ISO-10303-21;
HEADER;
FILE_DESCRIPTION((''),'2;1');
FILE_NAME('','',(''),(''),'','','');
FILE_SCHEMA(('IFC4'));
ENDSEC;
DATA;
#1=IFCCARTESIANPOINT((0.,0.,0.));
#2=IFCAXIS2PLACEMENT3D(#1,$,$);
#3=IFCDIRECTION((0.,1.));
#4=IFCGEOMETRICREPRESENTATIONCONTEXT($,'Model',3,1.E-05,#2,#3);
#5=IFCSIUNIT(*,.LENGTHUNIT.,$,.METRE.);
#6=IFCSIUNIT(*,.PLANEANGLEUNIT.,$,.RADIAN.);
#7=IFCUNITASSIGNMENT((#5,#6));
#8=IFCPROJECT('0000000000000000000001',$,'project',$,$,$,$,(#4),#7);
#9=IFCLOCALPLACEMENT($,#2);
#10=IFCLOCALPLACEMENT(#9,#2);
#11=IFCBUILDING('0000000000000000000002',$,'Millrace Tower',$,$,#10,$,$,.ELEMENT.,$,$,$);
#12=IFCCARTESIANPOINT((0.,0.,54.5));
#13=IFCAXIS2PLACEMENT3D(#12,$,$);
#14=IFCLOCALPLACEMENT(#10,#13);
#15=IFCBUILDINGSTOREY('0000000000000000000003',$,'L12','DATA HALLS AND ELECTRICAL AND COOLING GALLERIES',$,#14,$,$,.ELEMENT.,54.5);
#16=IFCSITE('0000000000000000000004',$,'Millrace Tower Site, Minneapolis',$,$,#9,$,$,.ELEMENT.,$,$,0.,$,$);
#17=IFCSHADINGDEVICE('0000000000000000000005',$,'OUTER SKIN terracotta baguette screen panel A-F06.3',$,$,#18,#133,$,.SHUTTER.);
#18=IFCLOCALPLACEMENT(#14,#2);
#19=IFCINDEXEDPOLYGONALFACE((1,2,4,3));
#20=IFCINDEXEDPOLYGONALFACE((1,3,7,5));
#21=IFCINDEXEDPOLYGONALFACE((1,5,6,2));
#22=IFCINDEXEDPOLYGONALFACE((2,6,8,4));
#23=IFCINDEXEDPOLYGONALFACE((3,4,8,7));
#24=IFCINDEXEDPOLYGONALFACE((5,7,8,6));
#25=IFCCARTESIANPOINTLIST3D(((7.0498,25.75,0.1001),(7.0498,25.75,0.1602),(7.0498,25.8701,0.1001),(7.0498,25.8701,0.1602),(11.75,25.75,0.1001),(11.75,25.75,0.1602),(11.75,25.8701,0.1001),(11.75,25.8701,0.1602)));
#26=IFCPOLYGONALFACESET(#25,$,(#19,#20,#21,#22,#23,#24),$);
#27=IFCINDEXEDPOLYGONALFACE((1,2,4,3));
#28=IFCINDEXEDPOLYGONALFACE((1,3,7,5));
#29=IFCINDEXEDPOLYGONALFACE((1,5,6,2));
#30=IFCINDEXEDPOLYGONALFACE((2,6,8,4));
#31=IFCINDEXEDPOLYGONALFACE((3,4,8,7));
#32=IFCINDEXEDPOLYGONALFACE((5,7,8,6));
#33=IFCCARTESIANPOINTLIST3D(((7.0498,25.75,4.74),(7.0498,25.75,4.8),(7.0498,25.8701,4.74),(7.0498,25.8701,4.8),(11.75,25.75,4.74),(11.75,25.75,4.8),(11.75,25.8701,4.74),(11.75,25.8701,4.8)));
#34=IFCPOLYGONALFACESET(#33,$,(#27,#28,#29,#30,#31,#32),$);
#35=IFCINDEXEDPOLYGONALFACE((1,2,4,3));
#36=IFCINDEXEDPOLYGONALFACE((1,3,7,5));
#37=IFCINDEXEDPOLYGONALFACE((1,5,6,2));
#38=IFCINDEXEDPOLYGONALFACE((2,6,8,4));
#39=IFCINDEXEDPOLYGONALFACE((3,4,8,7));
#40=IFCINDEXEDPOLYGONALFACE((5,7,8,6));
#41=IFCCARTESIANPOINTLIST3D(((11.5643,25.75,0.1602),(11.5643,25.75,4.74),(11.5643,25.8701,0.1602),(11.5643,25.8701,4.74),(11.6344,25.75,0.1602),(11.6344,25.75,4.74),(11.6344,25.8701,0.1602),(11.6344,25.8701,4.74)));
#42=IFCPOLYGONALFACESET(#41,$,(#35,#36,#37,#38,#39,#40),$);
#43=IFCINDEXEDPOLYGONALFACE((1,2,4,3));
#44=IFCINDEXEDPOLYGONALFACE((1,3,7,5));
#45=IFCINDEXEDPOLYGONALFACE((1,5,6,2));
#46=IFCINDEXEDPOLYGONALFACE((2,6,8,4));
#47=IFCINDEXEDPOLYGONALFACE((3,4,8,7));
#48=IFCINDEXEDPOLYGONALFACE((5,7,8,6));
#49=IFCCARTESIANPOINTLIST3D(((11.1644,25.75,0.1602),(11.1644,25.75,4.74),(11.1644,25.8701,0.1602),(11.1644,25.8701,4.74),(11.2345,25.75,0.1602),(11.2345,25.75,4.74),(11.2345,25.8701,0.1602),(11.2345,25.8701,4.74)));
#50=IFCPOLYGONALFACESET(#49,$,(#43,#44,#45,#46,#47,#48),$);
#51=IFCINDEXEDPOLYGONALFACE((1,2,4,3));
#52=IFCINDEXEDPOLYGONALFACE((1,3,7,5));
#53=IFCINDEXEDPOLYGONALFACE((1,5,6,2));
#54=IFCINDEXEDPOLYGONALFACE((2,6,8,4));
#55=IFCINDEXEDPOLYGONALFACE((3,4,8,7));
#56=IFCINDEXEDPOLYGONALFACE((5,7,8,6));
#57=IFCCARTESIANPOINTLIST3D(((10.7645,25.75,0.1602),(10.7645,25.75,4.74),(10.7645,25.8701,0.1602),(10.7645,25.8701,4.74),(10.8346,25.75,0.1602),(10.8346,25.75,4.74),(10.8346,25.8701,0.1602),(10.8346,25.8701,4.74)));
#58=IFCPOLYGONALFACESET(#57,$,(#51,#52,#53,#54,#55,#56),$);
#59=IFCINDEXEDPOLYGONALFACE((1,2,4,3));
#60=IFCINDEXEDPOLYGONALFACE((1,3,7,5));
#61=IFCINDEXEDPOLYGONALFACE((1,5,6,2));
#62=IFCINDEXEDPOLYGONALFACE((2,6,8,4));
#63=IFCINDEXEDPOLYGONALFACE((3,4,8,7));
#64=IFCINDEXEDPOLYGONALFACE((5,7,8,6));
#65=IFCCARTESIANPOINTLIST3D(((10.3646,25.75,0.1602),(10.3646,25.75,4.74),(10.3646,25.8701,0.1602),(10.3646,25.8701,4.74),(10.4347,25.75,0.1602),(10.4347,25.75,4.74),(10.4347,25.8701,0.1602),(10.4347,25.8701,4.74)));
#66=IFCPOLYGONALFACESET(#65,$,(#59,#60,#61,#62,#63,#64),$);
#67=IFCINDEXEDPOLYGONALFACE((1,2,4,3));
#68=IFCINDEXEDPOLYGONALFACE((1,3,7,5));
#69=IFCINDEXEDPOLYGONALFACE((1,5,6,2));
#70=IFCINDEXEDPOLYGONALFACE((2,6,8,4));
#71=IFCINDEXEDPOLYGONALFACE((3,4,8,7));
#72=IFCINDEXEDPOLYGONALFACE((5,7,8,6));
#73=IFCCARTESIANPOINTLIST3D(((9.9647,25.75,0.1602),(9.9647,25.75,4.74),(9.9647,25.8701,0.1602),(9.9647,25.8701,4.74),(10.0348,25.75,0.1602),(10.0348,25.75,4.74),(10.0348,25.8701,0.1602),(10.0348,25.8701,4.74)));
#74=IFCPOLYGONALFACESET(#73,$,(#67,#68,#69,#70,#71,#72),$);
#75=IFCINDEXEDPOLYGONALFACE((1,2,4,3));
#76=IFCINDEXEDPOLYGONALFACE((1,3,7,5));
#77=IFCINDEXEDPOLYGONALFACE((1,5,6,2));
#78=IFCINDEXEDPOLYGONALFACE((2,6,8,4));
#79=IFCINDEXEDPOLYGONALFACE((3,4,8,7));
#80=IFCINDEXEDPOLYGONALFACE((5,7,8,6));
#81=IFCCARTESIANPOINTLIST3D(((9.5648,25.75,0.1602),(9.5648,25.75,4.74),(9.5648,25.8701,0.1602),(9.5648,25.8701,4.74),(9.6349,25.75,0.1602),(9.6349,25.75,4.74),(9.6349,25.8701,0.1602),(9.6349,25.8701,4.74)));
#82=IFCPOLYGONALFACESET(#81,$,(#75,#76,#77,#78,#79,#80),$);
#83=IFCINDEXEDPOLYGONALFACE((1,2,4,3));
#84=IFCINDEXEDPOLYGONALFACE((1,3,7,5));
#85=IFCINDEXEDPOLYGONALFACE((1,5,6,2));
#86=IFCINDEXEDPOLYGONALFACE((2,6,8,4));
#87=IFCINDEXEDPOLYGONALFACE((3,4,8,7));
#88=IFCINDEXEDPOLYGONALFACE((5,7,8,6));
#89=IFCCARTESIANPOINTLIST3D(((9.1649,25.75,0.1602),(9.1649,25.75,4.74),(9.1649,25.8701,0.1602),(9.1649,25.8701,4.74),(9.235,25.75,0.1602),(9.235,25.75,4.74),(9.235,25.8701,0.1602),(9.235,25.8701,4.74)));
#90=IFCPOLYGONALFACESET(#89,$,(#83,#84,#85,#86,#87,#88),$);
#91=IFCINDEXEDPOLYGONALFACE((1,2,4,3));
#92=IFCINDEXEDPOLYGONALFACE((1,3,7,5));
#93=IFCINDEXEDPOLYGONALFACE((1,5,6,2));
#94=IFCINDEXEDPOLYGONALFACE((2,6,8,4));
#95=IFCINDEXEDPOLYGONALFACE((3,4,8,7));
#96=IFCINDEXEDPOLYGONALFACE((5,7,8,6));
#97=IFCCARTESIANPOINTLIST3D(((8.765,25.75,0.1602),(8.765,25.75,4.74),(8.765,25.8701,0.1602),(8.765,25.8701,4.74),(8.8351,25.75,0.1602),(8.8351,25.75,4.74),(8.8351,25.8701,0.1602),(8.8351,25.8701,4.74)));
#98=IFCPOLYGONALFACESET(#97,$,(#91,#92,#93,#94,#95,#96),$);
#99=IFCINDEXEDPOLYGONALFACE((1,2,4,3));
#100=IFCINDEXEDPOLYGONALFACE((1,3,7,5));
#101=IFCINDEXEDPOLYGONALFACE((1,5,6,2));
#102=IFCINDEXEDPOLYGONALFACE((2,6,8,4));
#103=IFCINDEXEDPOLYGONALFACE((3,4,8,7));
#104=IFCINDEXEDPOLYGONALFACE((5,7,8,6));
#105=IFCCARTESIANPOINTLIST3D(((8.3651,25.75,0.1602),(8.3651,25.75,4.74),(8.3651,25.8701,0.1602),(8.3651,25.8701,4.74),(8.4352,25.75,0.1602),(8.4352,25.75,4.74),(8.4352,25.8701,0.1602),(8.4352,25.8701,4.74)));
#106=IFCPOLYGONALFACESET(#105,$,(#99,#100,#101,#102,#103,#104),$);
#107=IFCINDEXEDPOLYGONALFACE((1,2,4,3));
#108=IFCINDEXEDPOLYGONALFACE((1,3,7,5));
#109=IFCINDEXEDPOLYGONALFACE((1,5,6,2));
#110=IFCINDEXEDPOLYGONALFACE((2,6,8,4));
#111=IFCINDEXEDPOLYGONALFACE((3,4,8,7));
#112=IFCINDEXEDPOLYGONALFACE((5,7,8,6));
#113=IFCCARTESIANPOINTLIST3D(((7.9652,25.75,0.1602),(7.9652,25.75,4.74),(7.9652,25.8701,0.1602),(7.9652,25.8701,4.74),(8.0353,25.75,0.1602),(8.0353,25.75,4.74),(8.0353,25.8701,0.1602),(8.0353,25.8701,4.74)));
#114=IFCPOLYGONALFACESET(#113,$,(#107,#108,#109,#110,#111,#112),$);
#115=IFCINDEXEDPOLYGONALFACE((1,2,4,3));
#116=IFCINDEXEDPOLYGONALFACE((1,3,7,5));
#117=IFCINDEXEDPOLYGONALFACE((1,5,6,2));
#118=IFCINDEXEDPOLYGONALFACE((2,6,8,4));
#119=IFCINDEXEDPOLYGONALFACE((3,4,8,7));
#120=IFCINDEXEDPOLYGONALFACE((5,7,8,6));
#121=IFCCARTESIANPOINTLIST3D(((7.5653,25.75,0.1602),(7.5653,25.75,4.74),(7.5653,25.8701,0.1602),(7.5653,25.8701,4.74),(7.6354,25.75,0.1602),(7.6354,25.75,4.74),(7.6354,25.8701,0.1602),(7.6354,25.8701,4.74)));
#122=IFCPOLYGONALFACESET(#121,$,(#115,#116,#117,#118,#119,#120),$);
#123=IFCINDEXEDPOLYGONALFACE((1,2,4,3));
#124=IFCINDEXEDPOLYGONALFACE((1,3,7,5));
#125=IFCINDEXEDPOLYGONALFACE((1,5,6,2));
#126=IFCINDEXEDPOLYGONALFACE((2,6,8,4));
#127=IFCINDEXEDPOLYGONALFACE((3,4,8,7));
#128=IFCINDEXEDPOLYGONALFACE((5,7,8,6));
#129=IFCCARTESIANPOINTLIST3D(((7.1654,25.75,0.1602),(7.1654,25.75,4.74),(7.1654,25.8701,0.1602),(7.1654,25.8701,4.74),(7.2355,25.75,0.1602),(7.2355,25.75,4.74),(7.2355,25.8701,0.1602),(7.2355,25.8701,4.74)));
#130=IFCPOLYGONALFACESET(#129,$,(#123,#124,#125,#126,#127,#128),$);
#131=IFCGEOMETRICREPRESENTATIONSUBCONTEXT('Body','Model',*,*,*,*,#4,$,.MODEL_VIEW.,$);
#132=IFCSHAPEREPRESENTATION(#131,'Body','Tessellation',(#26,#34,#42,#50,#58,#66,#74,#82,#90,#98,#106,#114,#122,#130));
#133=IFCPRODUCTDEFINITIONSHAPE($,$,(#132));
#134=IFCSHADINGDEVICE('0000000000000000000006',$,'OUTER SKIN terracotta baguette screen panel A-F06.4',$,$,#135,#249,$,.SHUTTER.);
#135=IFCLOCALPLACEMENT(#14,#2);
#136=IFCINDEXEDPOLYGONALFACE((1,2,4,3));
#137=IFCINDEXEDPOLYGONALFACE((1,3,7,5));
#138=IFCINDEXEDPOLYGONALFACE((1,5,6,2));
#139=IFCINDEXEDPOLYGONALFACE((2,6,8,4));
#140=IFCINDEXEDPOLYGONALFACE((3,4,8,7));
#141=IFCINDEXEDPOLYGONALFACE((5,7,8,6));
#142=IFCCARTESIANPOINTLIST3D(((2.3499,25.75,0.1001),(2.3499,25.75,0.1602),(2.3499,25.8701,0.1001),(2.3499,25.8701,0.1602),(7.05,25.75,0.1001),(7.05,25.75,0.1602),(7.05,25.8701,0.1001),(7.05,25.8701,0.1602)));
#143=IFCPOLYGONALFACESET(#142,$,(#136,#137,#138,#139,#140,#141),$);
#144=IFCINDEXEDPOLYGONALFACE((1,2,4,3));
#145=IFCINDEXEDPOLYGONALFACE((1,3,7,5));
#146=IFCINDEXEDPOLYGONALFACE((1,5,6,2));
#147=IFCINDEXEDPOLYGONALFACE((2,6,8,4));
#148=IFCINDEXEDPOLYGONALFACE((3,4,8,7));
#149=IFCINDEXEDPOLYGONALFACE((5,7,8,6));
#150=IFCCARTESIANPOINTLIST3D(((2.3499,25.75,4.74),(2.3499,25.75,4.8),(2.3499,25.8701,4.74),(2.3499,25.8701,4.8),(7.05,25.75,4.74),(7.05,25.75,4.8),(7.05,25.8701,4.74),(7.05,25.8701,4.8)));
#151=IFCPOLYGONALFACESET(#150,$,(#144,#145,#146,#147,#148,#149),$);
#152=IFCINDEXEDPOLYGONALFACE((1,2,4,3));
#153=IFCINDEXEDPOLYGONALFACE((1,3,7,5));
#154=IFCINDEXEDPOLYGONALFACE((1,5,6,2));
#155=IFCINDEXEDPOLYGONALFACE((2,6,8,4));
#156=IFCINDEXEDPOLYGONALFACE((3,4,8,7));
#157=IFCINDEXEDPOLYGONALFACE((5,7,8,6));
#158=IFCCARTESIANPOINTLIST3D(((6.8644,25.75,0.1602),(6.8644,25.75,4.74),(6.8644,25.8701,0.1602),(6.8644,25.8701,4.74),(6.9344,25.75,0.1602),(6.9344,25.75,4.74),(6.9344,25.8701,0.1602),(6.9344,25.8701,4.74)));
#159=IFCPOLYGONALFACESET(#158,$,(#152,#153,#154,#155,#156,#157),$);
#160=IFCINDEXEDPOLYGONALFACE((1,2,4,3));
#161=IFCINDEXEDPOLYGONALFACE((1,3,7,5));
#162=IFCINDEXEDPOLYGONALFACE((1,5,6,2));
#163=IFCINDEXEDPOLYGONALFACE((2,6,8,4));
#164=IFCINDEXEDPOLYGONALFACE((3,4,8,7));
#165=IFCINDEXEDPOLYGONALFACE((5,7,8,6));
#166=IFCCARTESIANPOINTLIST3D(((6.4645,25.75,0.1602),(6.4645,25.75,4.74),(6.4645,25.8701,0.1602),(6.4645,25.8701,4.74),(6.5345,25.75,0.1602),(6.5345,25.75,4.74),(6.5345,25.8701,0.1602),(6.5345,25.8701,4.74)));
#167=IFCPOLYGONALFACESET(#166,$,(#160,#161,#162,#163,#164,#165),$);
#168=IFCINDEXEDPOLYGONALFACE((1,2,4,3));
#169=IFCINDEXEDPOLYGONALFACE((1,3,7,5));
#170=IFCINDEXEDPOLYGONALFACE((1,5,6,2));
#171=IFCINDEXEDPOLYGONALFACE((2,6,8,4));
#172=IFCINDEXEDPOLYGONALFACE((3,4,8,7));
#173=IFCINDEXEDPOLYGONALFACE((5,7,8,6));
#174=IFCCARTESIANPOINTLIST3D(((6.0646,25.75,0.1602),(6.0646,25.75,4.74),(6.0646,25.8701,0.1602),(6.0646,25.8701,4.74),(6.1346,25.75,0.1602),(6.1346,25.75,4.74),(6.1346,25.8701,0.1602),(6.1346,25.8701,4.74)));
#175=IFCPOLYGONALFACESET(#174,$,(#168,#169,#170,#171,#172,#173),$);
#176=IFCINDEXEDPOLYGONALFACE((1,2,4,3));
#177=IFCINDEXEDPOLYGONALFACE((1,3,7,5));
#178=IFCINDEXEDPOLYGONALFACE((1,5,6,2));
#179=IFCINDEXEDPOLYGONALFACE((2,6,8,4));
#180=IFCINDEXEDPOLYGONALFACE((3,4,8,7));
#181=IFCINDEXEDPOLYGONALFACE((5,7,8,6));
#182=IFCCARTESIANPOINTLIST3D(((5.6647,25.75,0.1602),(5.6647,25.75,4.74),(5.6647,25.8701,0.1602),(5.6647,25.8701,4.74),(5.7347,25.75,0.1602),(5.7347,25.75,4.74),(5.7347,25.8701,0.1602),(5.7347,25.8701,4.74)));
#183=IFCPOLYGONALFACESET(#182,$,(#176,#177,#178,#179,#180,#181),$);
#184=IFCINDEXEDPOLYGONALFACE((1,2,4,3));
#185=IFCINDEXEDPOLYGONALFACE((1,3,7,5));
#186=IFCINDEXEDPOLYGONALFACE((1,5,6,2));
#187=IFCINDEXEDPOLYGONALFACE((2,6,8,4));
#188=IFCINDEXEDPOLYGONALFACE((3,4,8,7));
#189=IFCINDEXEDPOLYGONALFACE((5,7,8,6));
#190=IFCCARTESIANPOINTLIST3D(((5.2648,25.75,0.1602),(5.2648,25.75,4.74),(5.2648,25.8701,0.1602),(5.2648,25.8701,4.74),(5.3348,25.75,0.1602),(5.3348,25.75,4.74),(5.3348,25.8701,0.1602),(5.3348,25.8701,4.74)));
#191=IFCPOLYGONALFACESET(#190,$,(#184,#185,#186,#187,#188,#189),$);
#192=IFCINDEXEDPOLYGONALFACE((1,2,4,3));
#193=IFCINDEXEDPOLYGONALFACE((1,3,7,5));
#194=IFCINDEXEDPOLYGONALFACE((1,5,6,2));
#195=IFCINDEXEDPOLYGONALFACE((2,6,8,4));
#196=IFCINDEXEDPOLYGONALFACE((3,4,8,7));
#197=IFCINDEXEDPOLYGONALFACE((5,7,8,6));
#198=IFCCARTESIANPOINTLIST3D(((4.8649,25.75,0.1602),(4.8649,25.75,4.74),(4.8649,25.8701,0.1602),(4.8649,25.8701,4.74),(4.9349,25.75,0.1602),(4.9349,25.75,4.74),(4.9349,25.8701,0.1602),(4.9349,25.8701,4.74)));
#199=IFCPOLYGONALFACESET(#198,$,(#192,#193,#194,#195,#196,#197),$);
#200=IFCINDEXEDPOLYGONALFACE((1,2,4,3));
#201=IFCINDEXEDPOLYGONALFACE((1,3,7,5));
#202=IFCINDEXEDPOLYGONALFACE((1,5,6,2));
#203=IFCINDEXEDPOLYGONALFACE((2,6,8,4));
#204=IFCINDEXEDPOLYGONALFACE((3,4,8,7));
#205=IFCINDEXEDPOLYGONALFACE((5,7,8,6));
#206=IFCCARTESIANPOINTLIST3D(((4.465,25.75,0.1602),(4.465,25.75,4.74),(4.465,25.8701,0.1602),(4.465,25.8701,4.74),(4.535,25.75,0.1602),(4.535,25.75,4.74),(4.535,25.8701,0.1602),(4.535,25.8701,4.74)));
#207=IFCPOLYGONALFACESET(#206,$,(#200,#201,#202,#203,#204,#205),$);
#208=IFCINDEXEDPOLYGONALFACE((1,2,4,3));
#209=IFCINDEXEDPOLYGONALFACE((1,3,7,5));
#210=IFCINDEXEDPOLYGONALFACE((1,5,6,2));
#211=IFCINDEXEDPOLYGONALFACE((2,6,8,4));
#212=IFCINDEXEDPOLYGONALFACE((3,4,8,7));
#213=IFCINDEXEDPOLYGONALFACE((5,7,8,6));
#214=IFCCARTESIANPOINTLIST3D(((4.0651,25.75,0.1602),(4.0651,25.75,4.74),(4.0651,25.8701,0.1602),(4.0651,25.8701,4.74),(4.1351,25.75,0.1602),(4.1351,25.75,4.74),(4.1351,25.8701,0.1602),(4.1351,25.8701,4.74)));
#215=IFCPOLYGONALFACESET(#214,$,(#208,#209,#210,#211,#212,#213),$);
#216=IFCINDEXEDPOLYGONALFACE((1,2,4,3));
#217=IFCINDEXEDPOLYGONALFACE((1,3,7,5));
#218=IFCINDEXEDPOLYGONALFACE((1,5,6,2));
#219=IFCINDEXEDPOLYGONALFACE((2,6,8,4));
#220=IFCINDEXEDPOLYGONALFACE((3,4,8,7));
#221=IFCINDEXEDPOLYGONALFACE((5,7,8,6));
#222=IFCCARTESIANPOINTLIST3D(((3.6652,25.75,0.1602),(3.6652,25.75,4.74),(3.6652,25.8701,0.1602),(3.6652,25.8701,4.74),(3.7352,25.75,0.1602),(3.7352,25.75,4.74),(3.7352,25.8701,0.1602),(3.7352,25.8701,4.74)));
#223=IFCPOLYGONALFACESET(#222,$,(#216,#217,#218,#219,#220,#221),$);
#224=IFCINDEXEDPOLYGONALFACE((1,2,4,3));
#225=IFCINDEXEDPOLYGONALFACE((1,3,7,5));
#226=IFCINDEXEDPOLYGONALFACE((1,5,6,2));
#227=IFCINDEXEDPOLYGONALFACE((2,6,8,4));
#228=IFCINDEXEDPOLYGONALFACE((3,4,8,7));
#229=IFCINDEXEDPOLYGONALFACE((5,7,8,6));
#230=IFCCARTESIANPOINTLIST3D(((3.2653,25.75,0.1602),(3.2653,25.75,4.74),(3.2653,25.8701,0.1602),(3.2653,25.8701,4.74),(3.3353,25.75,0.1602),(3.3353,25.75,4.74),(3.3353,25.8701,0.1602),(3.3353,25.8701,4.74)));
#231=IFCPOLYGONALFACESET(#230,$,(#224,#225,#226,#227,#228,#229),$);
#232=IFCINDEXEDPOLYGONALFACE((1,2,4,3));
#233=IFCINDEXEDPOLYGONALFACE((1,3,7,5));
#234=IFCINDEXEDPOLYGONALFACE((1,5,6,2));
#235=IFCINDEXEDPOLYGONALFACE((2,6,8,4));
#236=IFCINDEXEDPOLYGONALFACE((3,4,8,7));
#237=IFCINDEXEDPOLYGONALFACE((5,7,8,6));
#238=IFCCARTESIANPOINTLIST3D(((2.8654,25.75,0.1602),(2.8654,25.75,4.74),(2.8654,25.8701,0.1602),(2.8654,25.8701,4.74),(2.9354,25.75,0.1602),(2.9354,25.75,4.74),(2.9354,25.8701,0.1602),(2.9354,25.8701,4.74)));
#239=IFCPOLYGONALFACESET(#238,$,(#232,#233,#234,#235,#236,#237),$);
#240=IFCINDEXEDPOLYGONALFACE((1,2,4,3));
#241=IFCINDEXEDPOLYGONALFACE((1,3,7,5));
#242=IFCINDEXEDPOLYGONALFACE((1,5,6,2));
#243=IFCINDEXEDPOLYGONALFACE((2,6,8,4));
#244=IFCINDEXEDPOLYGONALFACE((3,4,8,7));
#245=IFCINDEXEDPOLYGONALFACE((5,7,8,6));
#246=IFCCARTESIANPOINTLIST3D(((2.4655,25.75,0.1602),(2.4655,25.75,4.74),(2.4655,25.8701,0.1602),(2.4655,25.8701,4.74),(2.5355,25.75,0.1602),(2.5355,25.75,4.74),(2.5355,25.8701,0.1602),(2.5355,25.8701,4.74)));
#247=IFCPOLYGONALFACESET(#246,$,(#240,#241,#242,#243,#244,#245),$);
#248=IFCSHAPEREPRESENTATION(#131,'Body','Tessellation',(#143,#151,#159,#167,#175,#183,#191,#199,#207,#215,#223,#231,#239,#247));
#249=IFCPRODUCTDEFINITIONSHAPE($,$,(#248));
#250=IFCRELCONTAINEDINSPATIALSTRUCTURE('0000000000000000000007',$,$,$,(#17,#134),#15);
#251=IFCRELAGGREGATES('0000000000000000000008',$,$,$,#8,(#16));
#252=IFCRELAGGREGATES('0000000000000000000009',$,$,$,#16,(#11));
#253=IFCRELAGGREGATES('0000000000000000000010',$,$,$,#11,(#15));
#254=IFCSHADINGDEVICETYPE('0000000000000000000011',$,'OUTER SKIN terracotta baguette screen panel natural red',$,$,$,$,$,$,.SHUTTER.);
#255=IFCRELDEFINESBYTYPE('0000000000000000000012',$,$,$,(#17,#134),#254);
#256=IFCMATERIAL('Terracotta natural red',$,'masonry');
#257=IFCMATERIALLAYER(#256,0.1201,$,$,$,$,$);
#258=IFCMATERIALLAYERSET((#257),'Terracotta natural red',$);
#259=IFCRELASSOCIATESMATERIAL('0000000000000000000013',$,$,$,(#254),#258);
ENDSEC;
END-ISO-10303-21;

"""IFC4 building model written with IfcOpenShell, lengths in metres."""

from ifc_helpers import new_model, entity, si_unit, direction, frame, frame_2d, origin, place, context, subcontext, project, spatial, rectangle, extrude, source, transform, mapped, material, layer, layer_set, type_object, element, save


model = new_model("IFC4")

# Units and contexts
model_context = context("Model", 3, precision=1e-05, world=origin(), true_north=direction((0.0, 1.0)))
body_context = subcontext(model_context, "Body", "Model", "MODEL_VIEW")
ifc_project = project(units=[si_unit("LENGTHUNIT", "METRE"), si_unit("PLANEANGLEUNIT", "RADIAN")], contexts=[model_context])

# Site, building, storey
site_placement = place(None, origin())
site = spatial("IfcSite", under=ifc_project, at=site_placement, Name="Millrace Tower Site, Minneapolis", CompositionType="ELEMENT", RefElevation=0.0)
building_placement = place(site_placement, origin())
building = spatial("IfcBuilding", under=site, at=building_placement, Name="Millrace Tower", CompositionType="ELEMENT")
storey_placement = place(building_placement, frame((0.0, 0.0, 54.5)))
storey = spatial("IfcBuildingStorey", under=building, at=storey_placement, Name="L12", Description="DATA HALLS AND ELECTRICAL AND COOLING GALLERIES", CompositionType="ELEMENT", Elevation=54.5)

# Shading devices
cartesian_point = entity("IfcCartesianPoint", [-2.3501, 0.0601])
shared_polyline = entity("IfcPolyline", [cartesian_point, entity("IfcCartesianPoint", [2.3501, 0.0601]), entity("IfcCartesianPoint", [2.3501, -0.0601]), entity("IfcCartesianPoint", [-2.3501, -0.0601]), cartesian_point])
ifc_material_1 = material(Name="Terracotta natural red", Category="masonry")
ifc_layer_1 = layer(ifc_material_1, 0.1201)
ifc_layer_set_1 = layer_set([ifc_layer_1], Name="Terracotta natural red")
shading_device_type_1 = type_object("IfcShadingDeviceType", Name="OUTER SKIN terracotta baguette screen panel natural red", PredefinedType="SHUTTER", material=ifc_layer_set_1)
shared_shape_1 = source(origin(), body_context, "Body", "SweptSolid", [
    entity("IfcExtrudedAreaSolid", entity("IfcArbitraryClosedProfileDef", "AREA", None, shared_polyline), entity("IfcAxis2Placement3D", entity("IfcCartesianPoint", [0.0, 0.0, 0.0])), entity("IfcDirection", [0.0, 0.0, 1.0]), 0.0601),
    entity("IfcExtrudedAreaSolid", entity("IfcArbitraryClosedProfileDef", "AREA", None, shared_polyline), entity("IfcAxis2Placement3D", entity("IfcCartesianPoint", [0.0, 0.0, 4.6399])), entity("IfcDirection", [0.0, 0.0, 1.0]), 0.0601),
    extrude(rectangle(XDim=0.0701, YDim=0.1201, at=frame_2d((-2.1995, 0.0))), frame((0.0, 0.0, 0.0601)), (0.0, 0.0, 1.0), 4.5798),
    extrude(rectangle(XDim=0.0701, YDim=0.1201, at=frame_2d((-1.7996, 0.0))), frame((0.0, 0.0, 0.0601)), (0.0, 0.0, 1.0), 4.5798),
    extrude(rectangle(XDim=0.0701, YDim=0.1201, at=frame_2d((-1.3997, 0.0))), frame((0.0, 0.0, 0.0601)), (0.0, 0.0, 1.0), 4.5798),
    extrude(rectangle(XDim=0.0701, YDim=0.1201, at=frame_2d((-0.9998, 0.0))), frame((0.0, 0.0, 0.0601)), (0.0, 0.0, 1.0), 4.5798),
    extrude(rectangle(XDim=0.0701, YDim=0.1201, at=frame_2d((-0.5999, 0.0))), frame((0.0, 0.0, 0.0601)), (0.0, 0.0, 1.0), 4.5798),
    extrude(rectangle(XDim=0.0701, YDim=0.1201, at=frame_2d((-0.2, 0.0))), frame((0.0, 0.0, 0.0601)), (0.0, 0.0, 1.0), 4.5798),
    extrude(rectangle(XDim=0.0701, YDim=0.1201, at=frame_2d((0.2, 0.0))), frame((0.0, 0.0, 0.0601)), (0.0, 0.0, 1.0), 4.5798),
    extrude(rectangle(XDim=0.0701, YDim=0.1201, at=frame_2d((0.5999, 0.0))), frame((0.0, 0.0, 0.0601)), (0.0, 0.0, 1.0), 4.5798),
    extrude(rectangle(XDim=0.0701, YDim=0.1201, at=frame_2d((0.9998, 0.0))), frame((0.0, 0.0, 0.0601)), (0.0, 0.0, 1.0), 4.5798),
    extrude(rectangle(XDim=0.0701, YDim=0.1201, at=frame_2d((1.3997, 0.0))), frame((0.0, 0.0, 0.0601)), (0.0, 0.0, 1.0), 4.5798),
    extrude(rectangle(XDim=0.0701, YDim=0.1201, at=frame_2d((1.7996, 0.0))), frame((0.0, 0.0, 0.0601)), (0.0, 0.0, 1.0), 4.5798),
    extrude(rectangle(XDim=0.0701, YDim=0.1201, at=frame_2d((2.1995, 0.0))), frame((0.0, 0.0, 0.0601)), (0.0, 0.0, 1.0), 4.5798),
])
for number, where, z_axis, x_axis, name in (
    (1, (9.3999, 25.8101, 0.1001), (0.0, 0.0, 1.0), (-1.0, 0.0, 0.0), "OUTER SKIN terracotta baguette screen panel A-F06.3"),
    (2, (4.7, 25.8101, 0.1001), (0.0, 0.0, 1.0), (-1.0, 0.0, 0.0), "OUTER SKIN terracotta baguette screen panel A-F06.4"),
):
    element("IfcShadingDevice", number, at=place(storey_placement, frame(where, z_axis=z_axis, x_axis=x_axis)), inside=storey, type_object=shading_device_type_1, Name=name, PredefinedType="SHUTTER", context=body_context, shape_type="MappedRepresentation", body=[
        mapped(shared_shape_1, transform((0.0, 0.0, 0.0), scale=1.0)),
    ])

save(model, "model.ifc")
